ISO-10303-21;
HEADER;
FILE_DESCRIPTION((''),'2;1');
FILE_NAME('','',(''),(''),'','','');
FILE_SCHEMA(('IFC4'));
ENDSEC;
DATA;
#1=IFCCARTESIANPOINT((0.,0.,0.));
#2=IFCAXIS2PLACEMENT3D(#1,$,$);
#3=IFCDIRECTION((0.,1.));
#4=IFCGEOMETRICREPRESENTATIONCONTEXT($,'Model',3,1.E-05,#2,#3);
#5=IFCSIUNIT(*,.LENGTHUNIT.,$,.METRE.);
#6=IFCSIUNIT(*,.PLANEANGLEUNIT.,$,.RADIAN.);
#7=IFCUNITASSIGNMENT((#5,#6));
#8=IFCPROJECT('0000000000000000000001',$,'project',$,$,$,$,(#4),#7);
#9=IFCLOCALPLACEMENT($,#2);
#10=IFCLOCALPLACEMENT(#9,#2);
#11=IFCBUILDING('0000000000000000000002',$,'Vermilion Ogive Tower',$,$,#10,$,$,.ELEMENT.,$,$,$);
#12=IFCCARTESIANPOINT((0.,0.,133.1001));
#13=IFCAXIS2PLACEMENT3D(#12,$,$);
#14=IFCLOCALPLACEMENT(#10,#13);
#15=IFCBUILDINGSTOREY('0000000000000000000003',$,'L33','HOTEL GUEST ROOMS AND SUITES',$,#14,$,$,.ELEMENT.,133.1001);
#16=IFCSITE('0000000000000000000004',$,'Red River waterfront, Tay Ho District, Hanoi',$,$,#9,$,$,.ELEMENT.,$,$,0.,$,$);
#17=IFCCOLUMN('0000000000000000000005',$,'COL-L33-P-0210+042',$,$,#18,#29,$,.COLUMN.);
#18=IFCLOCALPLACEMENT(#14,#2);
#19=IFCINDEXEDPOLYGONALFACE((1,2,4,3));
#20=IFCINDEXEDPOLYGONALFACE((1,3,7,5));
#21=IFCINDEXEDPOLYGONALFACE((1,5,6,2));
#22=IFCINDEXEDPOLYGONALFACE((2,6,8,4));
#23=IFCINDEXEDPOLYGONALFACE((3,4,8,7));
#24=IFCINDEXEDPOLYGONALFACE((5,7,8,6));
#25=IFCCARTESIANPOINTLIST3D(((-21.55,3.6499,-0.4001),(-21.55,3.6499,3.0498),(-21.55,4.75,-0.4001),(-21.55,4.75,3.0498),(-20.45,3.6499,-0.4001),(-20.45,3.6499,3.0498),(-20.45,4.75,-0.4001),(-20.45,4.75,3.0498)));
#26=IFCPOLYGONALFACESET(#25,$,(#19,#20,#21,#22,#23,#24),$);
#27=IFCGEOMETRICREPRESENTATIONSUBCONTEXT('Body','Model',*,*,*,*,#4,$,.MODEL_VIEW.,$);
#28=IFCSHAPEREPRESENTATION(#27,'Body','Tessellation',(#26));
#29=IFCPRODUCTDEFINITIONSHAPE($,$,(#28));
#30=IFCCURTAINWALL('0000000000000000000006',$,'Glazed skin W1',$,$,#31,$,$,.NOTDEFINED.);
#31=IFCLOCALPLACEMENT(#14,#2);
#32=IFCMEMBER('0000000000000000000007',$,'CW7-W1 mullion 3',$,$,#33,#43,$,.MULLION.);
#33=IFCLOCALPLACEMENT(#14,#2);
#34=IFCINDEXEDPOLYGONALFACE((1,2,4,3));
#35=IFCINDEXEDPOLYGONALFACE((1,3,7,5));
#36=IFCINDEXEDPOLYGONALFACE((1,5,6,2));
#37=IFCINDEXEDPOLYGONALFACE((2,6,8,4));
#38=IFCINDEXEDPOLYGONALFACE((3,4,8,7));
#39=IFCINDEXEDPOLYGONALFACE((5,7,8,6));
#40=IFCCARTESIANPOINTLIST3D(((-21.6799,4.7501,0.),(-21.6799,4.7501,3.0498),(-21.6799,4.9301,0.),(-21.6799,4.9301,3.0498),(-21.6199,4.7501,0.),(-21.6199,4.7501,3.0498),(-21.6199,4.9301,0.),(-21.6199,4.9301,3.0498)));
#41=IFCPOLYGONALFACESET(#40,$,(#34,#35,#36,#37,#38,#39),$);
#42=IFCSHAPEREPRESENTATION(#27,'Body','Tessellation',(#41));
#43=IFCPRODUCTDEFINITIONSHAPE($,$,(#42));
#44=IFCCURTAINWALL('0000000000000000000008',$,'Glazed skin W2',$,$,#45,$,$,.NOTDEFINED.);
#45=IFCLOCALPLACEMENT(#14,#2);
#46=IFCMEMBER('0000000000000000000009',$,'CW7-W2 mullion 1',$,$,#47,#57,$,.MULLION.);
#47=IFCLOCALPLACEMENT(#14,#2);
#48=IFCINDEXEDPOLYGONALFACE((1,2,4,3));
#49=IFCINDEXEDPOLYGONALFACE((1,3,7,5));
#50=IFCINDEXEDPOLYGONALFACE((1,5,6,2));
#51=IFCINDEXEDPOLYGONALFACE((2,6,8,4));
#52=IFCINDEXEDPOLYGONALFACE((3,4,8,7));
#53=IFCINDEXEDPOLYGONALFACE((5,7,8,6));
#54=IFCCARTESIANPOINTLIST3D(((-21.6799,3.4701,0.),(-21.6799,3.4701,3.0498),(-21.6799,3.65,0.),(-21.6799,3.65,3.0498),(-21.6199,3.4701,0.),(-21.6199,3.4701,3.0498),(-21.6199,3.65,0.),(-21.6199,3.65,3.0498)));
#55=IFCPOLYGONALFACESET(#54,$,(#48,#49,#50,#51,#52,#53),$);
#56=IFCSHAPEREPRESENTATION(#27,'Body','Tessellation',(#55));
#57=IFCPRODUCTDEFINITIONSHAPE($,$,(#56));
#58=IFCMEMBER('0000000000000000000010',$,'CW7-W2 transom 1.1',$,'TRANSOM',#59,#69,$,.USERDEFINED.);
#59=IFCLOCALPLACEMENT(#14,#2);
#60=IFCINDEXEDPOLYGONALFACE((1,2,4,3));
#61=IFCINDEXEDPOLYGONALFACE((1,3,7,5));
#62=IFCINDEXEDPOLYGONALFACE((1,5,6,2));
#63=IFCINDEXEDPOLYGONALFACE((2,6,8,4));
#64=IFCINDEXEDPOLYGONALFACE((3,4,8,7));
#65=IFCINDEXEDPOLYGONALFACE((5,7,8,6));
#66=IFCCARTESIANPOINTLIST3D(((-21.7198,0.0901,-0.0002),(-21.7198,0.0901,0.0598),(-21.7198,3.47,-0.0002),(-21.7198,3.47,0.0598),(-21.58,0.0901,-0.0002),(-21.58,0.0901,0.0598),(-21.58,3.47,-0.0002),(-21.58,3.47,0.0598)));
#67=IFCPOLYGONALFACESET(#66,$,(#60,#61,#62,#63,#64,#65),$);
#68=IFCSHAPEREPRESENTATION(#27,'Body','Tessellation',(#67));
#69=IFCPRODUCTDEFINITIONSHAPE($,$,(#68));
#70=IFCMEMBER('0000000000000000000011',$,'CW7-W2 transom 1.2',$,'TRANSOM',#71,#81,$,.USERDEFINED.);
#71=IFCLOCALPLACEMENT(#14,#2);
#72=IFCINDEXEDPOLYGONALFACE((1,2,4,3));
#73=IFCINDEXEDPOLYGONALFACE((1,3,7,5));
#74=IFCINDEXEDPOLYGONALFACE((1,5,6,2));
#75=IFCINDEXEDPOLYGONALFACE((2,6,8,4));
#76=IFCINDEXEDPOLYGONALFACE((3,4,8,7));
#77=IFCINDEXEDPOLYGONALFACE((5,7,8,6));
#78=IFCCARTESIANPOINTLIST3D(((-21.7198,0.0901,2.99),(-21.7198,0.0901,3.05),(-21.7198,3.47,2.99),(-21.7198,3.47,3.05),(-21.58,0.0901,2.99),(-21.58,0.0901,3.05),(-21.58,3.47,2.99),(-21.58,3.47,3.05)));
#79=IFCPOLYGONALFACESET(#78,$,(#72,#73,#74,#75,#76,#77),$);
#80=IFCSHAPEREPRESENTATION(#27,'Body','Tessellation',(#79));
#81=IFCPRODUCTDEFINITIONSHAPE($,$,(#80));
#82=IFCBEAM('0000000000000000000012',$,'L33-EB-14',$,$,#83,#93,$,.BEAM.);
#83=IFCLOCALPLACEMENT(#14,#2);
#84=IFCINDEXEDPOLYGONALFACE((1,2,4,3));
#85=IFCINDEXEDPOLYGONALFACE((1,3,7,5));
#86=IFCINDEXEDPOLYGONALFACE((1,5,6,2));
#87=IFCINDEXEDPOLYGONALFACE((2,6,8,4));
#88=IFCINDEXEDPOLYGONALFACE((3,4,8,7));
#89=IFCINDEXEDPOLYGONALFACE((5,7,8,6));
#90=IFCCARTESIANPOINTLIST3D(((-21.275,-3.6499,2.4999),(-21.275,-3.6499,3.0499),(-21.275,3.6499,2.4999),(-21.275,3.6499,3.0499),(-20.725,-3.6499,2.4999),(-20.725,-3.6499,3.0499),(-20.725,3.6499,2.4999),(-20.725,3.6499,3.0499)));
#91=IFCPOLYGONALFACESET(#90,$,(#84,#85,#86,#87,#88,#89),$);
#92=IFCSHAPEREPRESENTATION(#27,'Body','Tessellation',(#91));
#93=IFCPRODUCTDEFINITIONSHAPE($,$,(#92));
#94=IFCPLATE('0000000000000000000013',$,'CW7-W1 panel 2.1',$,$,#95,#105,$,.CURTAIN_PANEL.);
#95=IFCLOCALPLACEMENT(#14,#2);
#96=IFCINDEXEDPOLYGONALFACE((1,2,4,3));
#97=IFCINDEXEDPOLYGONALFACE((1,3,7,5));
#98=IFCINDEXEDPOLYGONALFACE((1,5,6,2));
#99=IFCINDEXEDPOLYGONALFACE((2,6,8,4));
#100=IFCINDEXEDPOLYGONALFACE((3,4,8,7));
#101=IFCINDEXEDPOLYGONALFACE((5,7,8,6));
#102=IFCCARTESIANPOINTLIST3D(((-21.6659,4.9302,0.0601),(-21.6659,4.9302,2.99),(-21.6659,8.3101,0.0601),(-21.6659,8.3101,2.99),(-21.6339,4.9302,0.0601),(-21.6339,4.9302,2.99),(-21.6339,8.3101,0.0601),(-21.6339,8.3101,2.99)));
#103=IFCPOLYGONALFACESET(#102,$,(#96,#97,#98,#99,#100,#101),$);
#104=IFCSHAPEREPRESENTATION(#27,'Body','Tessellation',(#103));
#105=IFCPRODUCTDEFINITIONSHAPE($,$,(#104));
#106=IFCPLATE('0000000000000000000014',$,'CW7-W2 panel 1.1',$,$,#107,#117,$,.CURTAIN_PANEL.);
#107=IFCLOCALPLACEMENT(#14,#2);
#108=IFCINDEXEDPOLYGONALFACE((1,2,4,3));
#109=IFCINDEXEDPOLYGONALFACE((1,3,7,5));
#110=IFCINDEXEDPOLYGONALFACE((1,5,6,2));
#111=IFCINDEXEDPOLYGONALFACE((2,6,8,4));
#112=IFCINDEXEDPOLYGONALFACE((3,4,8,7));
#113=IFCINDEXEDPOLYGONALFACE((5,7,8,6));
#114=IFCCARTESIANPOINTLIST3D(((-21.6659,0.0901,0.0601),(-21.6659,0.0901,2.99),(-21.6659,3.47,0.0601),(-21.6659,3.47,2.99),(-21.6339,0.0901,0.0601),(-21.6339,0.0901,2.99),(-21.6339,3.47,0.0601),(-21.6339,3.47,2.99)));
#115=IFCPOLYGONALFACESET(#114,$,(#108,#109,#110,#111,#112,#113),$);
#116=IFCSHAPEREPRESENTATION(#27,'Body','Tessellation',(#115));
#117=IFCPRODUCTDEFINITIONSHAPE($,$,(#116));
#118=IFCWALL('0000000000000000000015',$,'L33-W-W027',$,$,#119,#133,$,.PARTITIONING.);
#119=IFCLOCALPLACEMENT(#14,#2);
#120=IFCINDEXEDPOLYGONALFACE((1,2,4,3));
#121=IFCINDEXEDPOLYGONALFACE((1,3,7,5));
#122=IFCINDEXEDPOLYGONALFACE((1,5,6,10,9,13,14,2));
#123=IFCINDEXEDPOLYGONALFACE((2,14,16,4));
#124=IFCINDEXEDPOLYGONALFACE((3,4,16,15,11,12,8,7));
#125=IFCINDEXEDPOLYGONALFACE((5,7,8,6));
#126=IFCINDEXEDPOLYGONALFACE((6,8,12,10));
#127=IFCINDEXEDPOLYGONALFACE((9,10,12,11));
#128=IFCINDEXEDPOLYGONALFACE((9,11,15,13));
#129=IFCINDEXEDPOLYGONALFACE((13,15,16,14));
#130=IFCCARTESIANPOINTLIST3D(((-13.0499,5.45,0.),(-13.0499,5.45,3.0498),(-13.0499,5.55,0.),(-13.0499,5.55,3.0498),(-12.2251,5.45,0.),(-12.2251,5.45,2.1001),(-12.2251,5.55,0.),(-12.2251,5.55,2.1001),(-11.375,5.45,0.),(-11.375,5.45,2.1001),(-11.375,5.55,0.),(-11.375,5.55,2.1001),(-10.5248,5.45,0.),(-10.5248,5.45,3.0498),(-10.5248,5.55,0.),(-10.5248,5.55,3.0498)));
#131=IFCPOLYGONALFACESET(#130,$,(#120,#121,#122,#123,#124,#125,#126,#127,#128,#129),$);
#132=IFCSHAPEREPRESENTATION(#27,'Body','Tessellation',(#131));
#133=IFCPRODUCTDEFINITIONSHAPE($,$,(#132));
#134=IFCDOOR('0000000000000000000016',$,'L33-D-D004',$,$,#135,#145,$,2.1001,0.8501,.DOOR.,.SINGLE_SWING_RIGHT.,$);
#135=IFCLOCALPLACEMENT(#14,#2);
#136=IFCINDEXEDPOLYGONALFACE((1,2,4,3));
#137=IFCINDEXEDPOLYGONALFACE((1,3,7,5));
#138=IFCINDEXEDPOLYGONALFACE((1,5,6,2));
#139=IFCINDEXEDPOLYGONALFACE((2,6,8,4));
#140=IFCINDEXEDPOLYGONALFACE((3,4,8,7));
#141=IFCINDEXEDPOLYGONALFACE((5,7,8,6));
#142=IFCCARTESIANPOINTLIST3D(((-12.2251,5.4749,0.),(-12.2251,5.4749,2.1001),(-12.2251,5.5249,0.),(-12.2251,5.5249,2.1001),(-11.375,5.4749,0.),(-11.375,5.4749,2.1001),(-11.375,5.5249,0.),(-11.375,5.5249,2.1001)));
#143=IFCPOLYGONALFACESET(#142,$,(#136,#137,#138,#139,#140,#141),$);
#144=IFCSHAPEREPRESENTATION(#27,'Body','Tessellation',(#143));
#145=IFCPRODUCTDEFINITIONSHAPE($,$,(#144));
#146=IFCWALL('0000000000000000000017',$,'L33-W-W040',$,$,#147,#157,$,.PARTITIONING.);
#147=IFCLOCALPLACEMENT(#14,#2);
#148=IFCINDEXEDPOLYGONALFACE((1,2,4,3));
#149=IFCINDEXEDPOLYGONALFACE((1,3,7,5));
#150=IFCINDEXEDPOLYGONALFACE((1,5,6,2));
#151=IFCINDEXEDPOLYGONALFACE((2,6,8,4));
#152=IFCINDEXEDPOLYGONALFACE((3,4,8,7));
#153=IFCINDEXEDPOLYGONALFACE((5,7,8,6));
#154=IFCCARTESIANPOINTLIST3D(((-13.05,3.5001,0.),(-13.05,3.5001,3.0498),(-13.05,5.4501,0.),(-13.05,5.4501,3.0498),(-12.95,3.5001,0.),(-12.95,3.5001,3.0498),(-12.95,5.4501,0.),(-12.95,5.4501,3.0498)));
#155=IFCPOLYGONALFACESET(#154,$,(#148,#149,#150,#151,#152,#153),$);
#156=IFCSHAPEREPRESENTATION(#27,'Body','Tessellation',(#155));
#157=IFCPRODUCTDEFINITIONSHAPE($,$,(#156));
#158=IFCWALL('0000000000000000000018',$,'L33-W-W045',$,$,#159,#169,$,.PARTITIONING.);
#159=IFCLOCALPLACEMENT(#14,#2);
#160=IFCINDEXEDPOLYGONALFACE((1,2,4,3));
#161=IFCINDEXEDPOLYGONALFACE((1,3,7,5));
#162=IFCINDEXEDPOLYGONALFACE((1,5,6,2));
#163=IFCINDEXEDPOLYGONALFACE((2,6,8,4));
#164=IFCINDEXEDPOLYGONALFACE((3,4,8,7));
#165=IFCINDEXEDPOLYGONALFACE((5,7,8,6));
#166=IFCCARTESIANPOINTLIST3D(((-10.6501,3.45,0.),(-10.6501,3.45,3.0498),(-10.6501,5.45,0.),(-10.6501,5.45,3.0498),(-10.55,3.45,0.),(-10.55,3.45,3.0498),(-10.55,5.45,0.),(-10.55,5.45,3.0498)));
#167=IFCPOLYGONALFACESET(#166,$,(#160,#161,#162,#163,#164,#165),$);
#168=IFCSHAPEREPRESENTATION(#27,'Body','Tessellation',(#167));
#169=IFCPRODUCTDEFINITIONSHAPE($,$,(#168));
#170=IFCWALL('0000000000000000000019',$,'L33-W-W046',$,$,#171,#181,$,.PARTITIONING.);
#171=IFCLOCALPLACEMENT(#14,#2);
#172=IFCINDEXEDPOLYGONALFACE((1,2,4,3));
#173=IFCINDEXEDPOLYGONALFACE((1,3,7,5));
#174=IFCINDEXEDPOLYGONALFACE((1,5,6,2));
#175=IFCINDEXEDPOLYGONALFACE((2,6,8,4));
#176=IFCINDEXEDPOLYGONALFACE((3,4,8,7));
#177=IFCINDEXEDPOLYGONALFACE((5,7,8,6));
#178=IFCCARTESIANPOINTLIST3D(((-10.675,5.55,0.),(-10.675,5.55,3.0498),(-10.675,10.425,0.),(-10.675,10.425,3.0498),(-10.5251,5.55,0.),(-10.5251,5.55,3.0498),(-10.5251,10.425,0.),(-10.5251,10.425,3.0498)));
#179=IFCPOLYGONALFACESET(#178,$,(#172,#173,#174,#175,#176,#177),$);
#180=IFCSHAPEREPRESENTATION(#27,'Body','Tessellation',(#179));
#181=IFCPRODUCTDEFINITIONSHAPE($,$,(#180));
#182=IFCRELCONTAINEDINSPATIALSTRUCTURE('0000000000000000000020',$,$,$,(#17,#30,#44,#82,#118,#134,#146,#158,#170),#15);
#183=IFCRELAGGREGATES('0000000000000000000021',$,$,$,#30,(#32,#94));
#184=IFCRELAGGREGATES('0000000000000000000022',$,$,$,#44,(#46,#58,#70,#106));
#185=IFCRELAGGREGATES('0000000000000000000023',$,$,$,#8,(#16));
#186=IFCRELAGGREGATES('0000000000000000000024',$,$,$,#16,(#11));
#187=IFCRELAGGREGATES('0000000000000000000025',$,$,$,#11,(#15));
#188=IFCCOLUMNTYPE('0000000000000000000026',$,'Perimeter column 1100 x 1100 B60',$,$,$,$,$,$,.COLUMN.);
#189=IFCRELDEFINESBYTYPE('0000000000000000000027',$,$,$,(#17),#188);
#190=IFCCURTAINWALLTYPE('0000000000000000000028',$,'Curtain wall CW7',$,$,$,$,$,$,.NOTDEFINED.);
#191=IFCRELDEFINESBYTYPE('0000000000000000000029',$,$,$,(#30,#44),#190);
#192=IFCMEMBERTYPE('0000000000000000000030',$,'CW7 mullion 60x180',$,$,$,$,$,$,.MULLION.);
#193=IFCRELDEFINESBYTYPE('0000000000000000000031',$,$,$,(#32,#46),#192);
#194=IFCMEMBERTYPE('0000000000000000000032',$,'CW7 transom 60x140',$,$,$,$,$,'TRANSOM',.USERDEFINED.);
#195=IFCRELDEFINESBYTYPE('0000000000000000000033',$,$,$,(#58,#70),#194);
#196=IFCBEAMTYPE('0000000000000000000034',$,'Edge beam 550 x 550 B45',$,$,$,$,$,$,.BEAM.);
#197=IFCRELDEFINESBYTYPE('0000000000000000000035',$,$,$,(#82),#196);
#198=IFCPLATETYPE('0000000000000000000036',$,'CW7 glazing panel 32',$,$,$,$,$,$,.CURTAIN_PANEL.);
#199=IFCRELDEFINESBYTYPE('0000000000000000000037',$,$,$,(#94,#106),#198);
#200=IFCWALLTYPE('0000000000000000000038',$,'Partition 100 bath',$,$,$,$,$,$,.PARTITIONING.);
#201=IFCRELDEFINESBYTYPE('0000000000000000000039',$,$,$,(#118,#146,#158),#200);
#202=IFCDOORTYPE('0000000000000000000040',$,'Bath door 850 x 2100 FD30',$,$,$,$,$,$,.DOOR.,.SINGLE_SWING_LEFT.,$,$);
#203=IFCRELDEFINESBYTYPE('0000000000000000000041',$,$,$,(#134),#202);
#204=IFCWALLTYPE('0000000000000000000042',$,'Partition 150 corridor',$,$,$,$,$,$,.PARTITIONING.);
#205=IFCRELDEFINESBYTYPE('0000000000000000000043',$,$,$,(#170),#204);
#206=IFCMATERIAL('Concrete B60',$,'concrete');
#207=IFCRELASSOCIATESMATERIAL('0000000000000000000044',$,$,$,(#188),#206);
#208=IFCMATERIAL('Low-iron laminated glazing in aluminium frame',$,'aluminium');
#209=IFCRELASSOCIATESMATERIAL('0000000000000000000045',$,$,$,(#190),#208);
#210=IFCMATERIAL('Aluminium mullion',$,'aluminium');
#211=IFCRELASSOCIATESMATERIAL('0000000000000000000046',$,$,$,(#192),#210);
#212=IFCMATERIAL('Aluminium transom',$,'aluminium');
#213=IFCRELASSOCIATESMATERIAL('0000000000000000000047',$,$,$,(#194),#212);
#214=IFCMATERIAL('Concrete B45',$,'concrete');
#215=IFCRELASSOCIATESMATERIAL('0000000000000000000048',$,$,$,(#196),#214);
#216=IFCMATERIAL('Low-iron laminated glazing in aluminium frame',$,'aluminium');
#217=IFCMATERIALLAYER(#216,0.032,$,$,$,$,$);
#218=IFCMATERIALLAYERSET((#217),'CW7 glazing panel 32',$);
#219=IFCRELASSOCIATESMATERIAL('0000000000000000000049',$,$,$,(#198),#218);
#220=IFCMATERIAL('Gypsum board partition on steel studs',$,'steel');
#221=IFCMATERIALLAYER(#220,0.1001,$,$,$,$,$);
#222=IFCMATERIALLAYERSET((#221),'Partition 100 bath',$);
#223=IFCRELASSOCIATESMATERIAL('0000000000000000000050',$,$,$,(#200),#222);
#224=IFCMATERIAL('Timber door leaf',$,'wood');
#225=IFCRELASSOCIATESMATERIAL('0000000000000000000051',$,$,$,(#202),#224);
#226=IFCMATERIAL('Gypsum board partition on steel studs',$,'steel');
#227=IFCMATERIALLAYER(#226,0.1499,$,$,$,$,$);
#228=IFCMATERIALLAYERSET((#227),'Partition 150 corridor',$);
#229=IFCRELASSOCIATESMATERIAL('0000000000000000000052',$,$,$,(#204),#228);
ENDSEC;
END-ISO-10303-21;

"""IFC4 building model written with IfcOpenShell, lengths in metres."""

from ifc_helpers import new_model, si_unit, direction, frame, frame_2d, origin, origin_2d, place, context, subcontext, project, spatial, rectangle, extrude, material, layer, layer_set, material_profile, profile_set, type_object, element, fill, aggregate, save


model = new_model("IFC4")

# Units and contexts
model_context = context("Model", 3, precision=1e-05, world=origin(), true_north=direction((0.0, 1.0)))
body_context = subcontext(model_context, "Body", "Model", "MODEL_VIEW")
ifc_project = project(units=[si_unit("LENGTHUNIT", "METRE"), si_unit("PLANEANGLEUNIT", "RADIAN")], contexts=[model_context])

# Site, building, storey
site_placement = place(None, origin())
site = spatial("IfcSite", under=ifc_project, at=site_placement, Name="Red River waterfront, Tay Ho District, Hanoi", CompositionType="ELEMENT", RefElevation=0.0)
building_placement = place(site_placement, origin())
building = spatial("IfcBuilding", under=site, at=building_placement, Name="Vermilion Ogive Tower", CompositionType="ELEMENT")
storey_placement = place(building_placement, frame((0.0, 0.0, 133.1001)))
storey = spatial("IfcBuildingStorey", under=building, at=storey_placement, Name="L33", Description="HOTEL GUEST ROOMS AND SUITES", CompositionType="ELEMENT", Elevation=133.1001)

# Column
ifc_material_1 = material(Name="Concrete B60", Category="concrete")
ifc_material_profile_1 = material_profile(ifc_material_1, rectangle(XDim=1.1001, YDim=1.1001, at=origin_2d()), Name="1100 x 1100")
ifc_profile_set_1 = profile_set([ifc_material_profile_1], Name="Concrete B60")
column_type = type_object("IfcColumnType", Name="Perimeter column 1100 x 1100 B60", PredefinedType="COLUMN", material=ifc_profile_set_1)
column_placement = place(storey_placement, frame((-21.0, 4.2, -0.4001), z_axis=(0.0, 0.0, 1.0), x_axis=(1.0, 0.0, 0.0)))
element("IfcColumn", 1, at=column_placement, inside=storey, type_object=column_type, Name="COL-L33-P-0210+042", PredefinedType="COLUMN", context=body_context, shape_type="SweptSolid", body=[
    extrude(rectangle(XDim=1.1001, YDim=1.1001, at=origin_2d()), origin(), (0.0, 0.0, 1.0), 3.45),
])

# Curtain wall, member
ifc_material_2 = material(Name="Low-iron laminated glazing in aluminium frame", Category="aluminium")
curtain_wall_type = type_object("IfcCurtainWallType", Name="Curtain wall CW7", PredefinedType="NOTDEFINED", material=ifc_material_2)
curtain_wall_1_placement = place(storey_placement, origin())
curtain_wall_1 = element("IfcCurtainWall", 2, at=curtain_wall_1_placement, inside=storey, type_object=curtain_wall_type, Name="Glazed skin W1", PredefinedType="NOTDEFINED")
ifc_material_3 = material(Name="Aluminium mullion", Category="aluminium")
ifc_material_profile_2 = material_profile(ifc_material_3, rectangle(XDim=0.0601, YDim=0.1799, at=origin_2d()), Name="AL 60x180")
ifc_profile_set_2 = profile_set([ifc_material_profile_2], Name="Aluminium mullion")
member_type_1 = type_object("IfcMemberType", Name="CW7 mullion 60x180", PredefinedType="MULLION", material=ifc_profile_set_2)
member_1_placement = place(storey_placement, frame((-21.6499, 4.8401, 0.0), z_axis=(0.0, 0.0, 1.0), x_axis=(1.0, 0.0, 0.0)))
member_1 = element("IfcMember", 3, at=member_1_placement, type_object=member_type_1, Name="CW7-W1 mullion 3", PredefinedType="MULLION", context=body_context, shape_type="SweptSolid", body=[
    extrude(rectangle(XDim=0.0601, YDim=0.1799, at=origin_2d()), origin(), (0.0, 0.0, 1.0), 3.0498),
])

# Curtain wall, members
curtain_wall_2_placement = place(storey_placement, origin())
curtain_wall_2 = element("IfcCurtainWall", 4, at=curtain_wall_2_placement, inside=storey, type_object=curtain_wall_type, Name="Glazed skin W2", PredefinedType="NOTDEFINED")
member_2_placement = place(storey_placement, frame((-21.6499, 3.5601, 0.0), z_axis=(0.0, 0.0, 1.0), x_axis=(1.0, 0.0, 0.0)))
member_2 = element("IfcMember", 5, at=member_2_placement, type_object=member_type_1, Name="CW7-W2 mullion 1", PredefinedType="MULLION", context=body_context, shape_type="SweptSolid", body=[
    extrude(rectangle(XDim=0.0601, YDim=0.1799, at=origin_2d()), origin(), (0.0, 0.0, 1.0), 3.0498),
])
ifc_material_4 = material(Name="Aluminium transom", Category="aluminium")
ifc_material_profile_3 = material_profile(ifc_material_4, rectangle(XDim=0.1399, YDim=0.0601, at=origin_2d()), Name="AL 60x140")
ifc_profile_set_3 = profile_set([ifc_material_profile_3], Name="Aluminium transom")
member_type_2 = type_object("IfcMemberType", Name="CW7 transom 60x140", ElementType="TRANSOM", PredefinedType="USERDEFINED", material=ifc_profile_set_3)
member_3_placement = place(storey_placement, frame((-21.6499, 3.47, 0.0298), z_axis=(0.0, -1.0, 0.0), x_axis=(1.0, 0.0, 0.0)))
member_3 = element("IfcMember", 6, at=member_3_placement, type_object=member_type_2, Name="CW7-W2 transom 1.1", ObjectType="TRANSOM", PredefinedType="USERDEFINED", context=body_context, shape_type="SweptSolid", body=[
    extrude(rectangle(XDim=0.1399, YDim=0.0601, at=origin_2d()), origin(), (0.0, 0.0, 1.0), 3.3799),
])
member_4_placement = place(storey_placement, frame((-21.6499, 3.47, 3.02), z_axis=(0.0, -1.0, 0.0), x_axis=(1.0, 0.0, 0.0)))
member_4 = element("IfcMember", 7, at=member_4_placement, type_object=member_type_2, Name="CW7-W2 transom 1.2", ObjectType="TRANSOM", PredefinedType="USERDEFINED", context=body_context, shape_type="SweptSolid", body=[
    extrude(rectangle(XDim=0.1399, YDim=0.0601, at=origin_2d()), origin(), (0.0, 0.0, 1.0), 3.3799),
])

# Beam
ifc_material_5 = material(Name="Concrete B45", Category="concrete")
ifc_material_profile_4 = material_profile(ifc_material_5, rectangle(XDim=0.55, YDim=0.55, at=origin_2d()), Name="550 x 550")
ifc_profile_set_4 = profile_set([ifc_material_profile_4], Name="Concrete B45")
beam_type = type_object("IfcBeamType", Name="Edge beam 550 x 550 B45", PredefinedType="BEAM", material=ifc_profile_set_4)
beam_placement = place(storey_placement, frame((-21.0, 3.6499, 2.7749), z_axis=(0.0, -1.0, 0.0), x_axis=(1.0, 0.0, 0.0)))
element("IfcBeam", 8, at=beam_placement, inside=storey, type_object=beam_type, Name="L33-EB-14", PredefinedType="BEAM", context=body_context, shape_type="SweptSolid", body=[
    extrude(rectangle(XDim=0.55, YDim=0.55, at=origin_2d()), origin(), (0.0, 0.0, 1.0), 7.2998),
])

# Plates
ifc_material_6 = material(Name="Low-iron laminated glazing in aluminium frame", Category="aluminium")
ifc_layer_1 = layer(ifc_material_6, 0.032)
ifc_layer_set_1 = layer_set([ifc_layer_1], Name="CW7 glazing panel 32")
plate_type = type_object("IfcPlateType", Name="CW7 glazing panel 32", PredefinedType="CURTAIN_PANEL", material=ifc_layer_set_1)
plate_1_placement = place(storey_placement, frame((-21.6499, 6.6201, 0.0601), z_axis=(0.0, 0.0, 1.0), x_axis=(0.0, -1.0, 0.0)))
plate_1 = element("IfcPlate", 9, at=plate_1_placement, type_object=plate_type, Name="CW7-W1 panel 2.1", PredefinedType="CURTAIN_PANEL", context=body_context, shape_type="SweptSolid", body=[
    extrude(rectangle(XDim=3.3799, YDim=0.032, at=origin_2d()), origin(), (0.0, 0.0, 1.0), 2.9299),
])
aggregate(curtain_wall_1, [member_1, plate_1])
plate_2_placement = place(storey_placement, frame((-21.6499, 1.78, 0.0601), z_axis=(0.0, 0.0, 1.0), x_axis=(0.0, -1.0, 0.0)))
plate_2 = element("IfcPlate", 10, at=plate_2_placement, type_object=plate_type, Name="CW7-W2 panel 1.1", PredefinedType="CURTAIN_PANEL", context=body_context, shape_type="SweptSolid", body=[
    extrude(rectangle(XDim=3.3799, YDim=0.032, at=origin_2d()), origin(), (0.0, 0.0, 1.0), 2.9299),
])
aggregate(curtain_wall_2, [member_2, member_3, member_4, plate_2])

# Wall, opening, door
ifc_material_7 = material(Name="Gypsum board partition on steel studs", Category="steel")
ifc_layer_2 = layer(ifc_material_7, 0.1001)
ifc_layer_set_2 = layer_set([ifc_layer_2], Name="Partition 100 bath")
wall_type_1 = type_object("IfcWallType", Name="Partition 100 bath", PredefinedType="PARTITIONING", material=ifc_layer_set_2)
wall_1_placement = place(storey_placement, frame((-13.05, 5.5, 0.0), z_axis=(0.0, 0.0, 1.0), x_axis=(1.0, 0.0, 0.0)))
wall_1 = element("IfcWall", 11, at=wall_1_placement, inside=storey, type_object=wall_type_1, Name="L33-W-W027", PredefinedType="PARTITIONING", context=body_context, shape_type="SweptSolid", body=[
    extrude(rectangle(XDim=2.5251, YDim=0.1001, at=frame_2d((1.2627, 0.0))), origin(), (0.0, 0.0, 1.0), 3.0498),
])
opening_placement = place(wall_1_placement, frame((0.825, 0.0, 0.0)))
opening = element("IfcOpeningElement", 12, at=opening_placement, cuts=wall_1, PredefinedType="OPENING", context=body_context, shape_type="SweptSolid", body=[
    extrude(rectangle(XDim=0.8501, YDim=2.1001, at=frame_2d((0.425, 1.05))), frame((0.0, 0.0601, 0.0), z_axis=(0.0, -1.0, 0.0), x_axis=(1.0, 0.0, 0.0)), (0.0, 0.0, 1.0), 0.1201),
])
ifc_material_8 = material(Name="Timber door leaf", Category="wood")
door_type = type_object("IfcDoorType", Name="Bath door 850 x 2100 FD30", OperationType="SINGLE_SWING_LEFT", PredefinedType="DOOR", material=ifc_material_8)
door_placement = place(opening_placement, origin())
door = element("IfcDoor", 13, at=door_placement, inside=storey, type_object=door_type, Name="L33-D-D004", OperationType="SINGLE_SWING_RIGHT", OverallHeight=2.1001, OverallWidth=0.8501, PredefinedType="DOOR", context=body_context, shape_type="SweptSolid", body=[
    extrude(rectangle(XDim=0.8501, YDim=2.1001, at=frame_2d((0.425, 1.05))), frame((0.0, 0.0249, 0.0), z_axis=(0.0, -1.0, 0.0), x_axis=(1.0, 0.0, 0.0)), (0.0, 0.0, 1.0), 0.05),
])
fill(opening, door)

# Walls
wall_2_placement = place(storey_placement, frame((-13.0, 3.5, 0.0), z_axis=(0.0, 0.0, 1.0), x_axis=(0.0, 1.0, 0.0)))
element("IfcWall", 14, at=wall_2_placement, inside=storey, type_object=wall_type_1, Name="L33-W-W040", PredefinedType="PARTITIONING", context=body_context, shape_type="SweptSolid", body=[
    extrude(rectangle(XDim=1.95, YDim=0.1001, at=frame_2d((0.9751, 0.0))), origin(), (0.0, 0.0, 1.0), 3.0498),
])
wall_3_placement = place(storey_placement, frame((-10.6001, 3.45, 0.0), z_axis=(0.0, 0.0, 1.0), x_axis=(0.0, 1.0, 0.0)))
element("IfcWall", 15, at=wall_3_placement, inside=storey, type_object=wall_type_1, Name="L33-W-W045", PredefinedType="PARTITIONING", context=body_context, shape_type="SweptSolid", body=[
    extrude(rectangle(XDim=2.0, YDim=0.1001, at=frame_2d((1.0, 0.0))), origin(), (0.0, 0.0, 1.0), 3.0498),
])
ifc_material_9 = material(Name="Gypsum board partition on steel studs", Category="steel")
ifc_layer_3 = layer(ifc_material_9, 0.1499)
ifc_layer_set_3 = layer_set([ifc_layer_3], Name="Partition 150 corridor")
wall_type_2 = type_object("IfcWallType", Name="Partition 150 corridor", PredefinedType="PARTITIONING", material=ifc_layer_set_3)
wall_4_placement = place(storey_placement, frame((-10.6001, 5.55, 0.0), z_axis=(0.0, 0.0, 1.0), x_axis=(0.0, 1.0, 0.0)))
element("IfcWall", 16, at=wall_4_placement, inside=storey, type_object=wall_type_2, Name="L33-W-W046", PredefinedType="PARTITIONING", context=body_context, shape_type="SweptSolid", body=[
    extrude(rectangle(XDim=4.875, YDim=0.1499, at=frame_2d((2.4375, 0.0))), origin(), (0.0, 0.0, 1.0), 3.0498),
])

save(model, "model.ifc")
